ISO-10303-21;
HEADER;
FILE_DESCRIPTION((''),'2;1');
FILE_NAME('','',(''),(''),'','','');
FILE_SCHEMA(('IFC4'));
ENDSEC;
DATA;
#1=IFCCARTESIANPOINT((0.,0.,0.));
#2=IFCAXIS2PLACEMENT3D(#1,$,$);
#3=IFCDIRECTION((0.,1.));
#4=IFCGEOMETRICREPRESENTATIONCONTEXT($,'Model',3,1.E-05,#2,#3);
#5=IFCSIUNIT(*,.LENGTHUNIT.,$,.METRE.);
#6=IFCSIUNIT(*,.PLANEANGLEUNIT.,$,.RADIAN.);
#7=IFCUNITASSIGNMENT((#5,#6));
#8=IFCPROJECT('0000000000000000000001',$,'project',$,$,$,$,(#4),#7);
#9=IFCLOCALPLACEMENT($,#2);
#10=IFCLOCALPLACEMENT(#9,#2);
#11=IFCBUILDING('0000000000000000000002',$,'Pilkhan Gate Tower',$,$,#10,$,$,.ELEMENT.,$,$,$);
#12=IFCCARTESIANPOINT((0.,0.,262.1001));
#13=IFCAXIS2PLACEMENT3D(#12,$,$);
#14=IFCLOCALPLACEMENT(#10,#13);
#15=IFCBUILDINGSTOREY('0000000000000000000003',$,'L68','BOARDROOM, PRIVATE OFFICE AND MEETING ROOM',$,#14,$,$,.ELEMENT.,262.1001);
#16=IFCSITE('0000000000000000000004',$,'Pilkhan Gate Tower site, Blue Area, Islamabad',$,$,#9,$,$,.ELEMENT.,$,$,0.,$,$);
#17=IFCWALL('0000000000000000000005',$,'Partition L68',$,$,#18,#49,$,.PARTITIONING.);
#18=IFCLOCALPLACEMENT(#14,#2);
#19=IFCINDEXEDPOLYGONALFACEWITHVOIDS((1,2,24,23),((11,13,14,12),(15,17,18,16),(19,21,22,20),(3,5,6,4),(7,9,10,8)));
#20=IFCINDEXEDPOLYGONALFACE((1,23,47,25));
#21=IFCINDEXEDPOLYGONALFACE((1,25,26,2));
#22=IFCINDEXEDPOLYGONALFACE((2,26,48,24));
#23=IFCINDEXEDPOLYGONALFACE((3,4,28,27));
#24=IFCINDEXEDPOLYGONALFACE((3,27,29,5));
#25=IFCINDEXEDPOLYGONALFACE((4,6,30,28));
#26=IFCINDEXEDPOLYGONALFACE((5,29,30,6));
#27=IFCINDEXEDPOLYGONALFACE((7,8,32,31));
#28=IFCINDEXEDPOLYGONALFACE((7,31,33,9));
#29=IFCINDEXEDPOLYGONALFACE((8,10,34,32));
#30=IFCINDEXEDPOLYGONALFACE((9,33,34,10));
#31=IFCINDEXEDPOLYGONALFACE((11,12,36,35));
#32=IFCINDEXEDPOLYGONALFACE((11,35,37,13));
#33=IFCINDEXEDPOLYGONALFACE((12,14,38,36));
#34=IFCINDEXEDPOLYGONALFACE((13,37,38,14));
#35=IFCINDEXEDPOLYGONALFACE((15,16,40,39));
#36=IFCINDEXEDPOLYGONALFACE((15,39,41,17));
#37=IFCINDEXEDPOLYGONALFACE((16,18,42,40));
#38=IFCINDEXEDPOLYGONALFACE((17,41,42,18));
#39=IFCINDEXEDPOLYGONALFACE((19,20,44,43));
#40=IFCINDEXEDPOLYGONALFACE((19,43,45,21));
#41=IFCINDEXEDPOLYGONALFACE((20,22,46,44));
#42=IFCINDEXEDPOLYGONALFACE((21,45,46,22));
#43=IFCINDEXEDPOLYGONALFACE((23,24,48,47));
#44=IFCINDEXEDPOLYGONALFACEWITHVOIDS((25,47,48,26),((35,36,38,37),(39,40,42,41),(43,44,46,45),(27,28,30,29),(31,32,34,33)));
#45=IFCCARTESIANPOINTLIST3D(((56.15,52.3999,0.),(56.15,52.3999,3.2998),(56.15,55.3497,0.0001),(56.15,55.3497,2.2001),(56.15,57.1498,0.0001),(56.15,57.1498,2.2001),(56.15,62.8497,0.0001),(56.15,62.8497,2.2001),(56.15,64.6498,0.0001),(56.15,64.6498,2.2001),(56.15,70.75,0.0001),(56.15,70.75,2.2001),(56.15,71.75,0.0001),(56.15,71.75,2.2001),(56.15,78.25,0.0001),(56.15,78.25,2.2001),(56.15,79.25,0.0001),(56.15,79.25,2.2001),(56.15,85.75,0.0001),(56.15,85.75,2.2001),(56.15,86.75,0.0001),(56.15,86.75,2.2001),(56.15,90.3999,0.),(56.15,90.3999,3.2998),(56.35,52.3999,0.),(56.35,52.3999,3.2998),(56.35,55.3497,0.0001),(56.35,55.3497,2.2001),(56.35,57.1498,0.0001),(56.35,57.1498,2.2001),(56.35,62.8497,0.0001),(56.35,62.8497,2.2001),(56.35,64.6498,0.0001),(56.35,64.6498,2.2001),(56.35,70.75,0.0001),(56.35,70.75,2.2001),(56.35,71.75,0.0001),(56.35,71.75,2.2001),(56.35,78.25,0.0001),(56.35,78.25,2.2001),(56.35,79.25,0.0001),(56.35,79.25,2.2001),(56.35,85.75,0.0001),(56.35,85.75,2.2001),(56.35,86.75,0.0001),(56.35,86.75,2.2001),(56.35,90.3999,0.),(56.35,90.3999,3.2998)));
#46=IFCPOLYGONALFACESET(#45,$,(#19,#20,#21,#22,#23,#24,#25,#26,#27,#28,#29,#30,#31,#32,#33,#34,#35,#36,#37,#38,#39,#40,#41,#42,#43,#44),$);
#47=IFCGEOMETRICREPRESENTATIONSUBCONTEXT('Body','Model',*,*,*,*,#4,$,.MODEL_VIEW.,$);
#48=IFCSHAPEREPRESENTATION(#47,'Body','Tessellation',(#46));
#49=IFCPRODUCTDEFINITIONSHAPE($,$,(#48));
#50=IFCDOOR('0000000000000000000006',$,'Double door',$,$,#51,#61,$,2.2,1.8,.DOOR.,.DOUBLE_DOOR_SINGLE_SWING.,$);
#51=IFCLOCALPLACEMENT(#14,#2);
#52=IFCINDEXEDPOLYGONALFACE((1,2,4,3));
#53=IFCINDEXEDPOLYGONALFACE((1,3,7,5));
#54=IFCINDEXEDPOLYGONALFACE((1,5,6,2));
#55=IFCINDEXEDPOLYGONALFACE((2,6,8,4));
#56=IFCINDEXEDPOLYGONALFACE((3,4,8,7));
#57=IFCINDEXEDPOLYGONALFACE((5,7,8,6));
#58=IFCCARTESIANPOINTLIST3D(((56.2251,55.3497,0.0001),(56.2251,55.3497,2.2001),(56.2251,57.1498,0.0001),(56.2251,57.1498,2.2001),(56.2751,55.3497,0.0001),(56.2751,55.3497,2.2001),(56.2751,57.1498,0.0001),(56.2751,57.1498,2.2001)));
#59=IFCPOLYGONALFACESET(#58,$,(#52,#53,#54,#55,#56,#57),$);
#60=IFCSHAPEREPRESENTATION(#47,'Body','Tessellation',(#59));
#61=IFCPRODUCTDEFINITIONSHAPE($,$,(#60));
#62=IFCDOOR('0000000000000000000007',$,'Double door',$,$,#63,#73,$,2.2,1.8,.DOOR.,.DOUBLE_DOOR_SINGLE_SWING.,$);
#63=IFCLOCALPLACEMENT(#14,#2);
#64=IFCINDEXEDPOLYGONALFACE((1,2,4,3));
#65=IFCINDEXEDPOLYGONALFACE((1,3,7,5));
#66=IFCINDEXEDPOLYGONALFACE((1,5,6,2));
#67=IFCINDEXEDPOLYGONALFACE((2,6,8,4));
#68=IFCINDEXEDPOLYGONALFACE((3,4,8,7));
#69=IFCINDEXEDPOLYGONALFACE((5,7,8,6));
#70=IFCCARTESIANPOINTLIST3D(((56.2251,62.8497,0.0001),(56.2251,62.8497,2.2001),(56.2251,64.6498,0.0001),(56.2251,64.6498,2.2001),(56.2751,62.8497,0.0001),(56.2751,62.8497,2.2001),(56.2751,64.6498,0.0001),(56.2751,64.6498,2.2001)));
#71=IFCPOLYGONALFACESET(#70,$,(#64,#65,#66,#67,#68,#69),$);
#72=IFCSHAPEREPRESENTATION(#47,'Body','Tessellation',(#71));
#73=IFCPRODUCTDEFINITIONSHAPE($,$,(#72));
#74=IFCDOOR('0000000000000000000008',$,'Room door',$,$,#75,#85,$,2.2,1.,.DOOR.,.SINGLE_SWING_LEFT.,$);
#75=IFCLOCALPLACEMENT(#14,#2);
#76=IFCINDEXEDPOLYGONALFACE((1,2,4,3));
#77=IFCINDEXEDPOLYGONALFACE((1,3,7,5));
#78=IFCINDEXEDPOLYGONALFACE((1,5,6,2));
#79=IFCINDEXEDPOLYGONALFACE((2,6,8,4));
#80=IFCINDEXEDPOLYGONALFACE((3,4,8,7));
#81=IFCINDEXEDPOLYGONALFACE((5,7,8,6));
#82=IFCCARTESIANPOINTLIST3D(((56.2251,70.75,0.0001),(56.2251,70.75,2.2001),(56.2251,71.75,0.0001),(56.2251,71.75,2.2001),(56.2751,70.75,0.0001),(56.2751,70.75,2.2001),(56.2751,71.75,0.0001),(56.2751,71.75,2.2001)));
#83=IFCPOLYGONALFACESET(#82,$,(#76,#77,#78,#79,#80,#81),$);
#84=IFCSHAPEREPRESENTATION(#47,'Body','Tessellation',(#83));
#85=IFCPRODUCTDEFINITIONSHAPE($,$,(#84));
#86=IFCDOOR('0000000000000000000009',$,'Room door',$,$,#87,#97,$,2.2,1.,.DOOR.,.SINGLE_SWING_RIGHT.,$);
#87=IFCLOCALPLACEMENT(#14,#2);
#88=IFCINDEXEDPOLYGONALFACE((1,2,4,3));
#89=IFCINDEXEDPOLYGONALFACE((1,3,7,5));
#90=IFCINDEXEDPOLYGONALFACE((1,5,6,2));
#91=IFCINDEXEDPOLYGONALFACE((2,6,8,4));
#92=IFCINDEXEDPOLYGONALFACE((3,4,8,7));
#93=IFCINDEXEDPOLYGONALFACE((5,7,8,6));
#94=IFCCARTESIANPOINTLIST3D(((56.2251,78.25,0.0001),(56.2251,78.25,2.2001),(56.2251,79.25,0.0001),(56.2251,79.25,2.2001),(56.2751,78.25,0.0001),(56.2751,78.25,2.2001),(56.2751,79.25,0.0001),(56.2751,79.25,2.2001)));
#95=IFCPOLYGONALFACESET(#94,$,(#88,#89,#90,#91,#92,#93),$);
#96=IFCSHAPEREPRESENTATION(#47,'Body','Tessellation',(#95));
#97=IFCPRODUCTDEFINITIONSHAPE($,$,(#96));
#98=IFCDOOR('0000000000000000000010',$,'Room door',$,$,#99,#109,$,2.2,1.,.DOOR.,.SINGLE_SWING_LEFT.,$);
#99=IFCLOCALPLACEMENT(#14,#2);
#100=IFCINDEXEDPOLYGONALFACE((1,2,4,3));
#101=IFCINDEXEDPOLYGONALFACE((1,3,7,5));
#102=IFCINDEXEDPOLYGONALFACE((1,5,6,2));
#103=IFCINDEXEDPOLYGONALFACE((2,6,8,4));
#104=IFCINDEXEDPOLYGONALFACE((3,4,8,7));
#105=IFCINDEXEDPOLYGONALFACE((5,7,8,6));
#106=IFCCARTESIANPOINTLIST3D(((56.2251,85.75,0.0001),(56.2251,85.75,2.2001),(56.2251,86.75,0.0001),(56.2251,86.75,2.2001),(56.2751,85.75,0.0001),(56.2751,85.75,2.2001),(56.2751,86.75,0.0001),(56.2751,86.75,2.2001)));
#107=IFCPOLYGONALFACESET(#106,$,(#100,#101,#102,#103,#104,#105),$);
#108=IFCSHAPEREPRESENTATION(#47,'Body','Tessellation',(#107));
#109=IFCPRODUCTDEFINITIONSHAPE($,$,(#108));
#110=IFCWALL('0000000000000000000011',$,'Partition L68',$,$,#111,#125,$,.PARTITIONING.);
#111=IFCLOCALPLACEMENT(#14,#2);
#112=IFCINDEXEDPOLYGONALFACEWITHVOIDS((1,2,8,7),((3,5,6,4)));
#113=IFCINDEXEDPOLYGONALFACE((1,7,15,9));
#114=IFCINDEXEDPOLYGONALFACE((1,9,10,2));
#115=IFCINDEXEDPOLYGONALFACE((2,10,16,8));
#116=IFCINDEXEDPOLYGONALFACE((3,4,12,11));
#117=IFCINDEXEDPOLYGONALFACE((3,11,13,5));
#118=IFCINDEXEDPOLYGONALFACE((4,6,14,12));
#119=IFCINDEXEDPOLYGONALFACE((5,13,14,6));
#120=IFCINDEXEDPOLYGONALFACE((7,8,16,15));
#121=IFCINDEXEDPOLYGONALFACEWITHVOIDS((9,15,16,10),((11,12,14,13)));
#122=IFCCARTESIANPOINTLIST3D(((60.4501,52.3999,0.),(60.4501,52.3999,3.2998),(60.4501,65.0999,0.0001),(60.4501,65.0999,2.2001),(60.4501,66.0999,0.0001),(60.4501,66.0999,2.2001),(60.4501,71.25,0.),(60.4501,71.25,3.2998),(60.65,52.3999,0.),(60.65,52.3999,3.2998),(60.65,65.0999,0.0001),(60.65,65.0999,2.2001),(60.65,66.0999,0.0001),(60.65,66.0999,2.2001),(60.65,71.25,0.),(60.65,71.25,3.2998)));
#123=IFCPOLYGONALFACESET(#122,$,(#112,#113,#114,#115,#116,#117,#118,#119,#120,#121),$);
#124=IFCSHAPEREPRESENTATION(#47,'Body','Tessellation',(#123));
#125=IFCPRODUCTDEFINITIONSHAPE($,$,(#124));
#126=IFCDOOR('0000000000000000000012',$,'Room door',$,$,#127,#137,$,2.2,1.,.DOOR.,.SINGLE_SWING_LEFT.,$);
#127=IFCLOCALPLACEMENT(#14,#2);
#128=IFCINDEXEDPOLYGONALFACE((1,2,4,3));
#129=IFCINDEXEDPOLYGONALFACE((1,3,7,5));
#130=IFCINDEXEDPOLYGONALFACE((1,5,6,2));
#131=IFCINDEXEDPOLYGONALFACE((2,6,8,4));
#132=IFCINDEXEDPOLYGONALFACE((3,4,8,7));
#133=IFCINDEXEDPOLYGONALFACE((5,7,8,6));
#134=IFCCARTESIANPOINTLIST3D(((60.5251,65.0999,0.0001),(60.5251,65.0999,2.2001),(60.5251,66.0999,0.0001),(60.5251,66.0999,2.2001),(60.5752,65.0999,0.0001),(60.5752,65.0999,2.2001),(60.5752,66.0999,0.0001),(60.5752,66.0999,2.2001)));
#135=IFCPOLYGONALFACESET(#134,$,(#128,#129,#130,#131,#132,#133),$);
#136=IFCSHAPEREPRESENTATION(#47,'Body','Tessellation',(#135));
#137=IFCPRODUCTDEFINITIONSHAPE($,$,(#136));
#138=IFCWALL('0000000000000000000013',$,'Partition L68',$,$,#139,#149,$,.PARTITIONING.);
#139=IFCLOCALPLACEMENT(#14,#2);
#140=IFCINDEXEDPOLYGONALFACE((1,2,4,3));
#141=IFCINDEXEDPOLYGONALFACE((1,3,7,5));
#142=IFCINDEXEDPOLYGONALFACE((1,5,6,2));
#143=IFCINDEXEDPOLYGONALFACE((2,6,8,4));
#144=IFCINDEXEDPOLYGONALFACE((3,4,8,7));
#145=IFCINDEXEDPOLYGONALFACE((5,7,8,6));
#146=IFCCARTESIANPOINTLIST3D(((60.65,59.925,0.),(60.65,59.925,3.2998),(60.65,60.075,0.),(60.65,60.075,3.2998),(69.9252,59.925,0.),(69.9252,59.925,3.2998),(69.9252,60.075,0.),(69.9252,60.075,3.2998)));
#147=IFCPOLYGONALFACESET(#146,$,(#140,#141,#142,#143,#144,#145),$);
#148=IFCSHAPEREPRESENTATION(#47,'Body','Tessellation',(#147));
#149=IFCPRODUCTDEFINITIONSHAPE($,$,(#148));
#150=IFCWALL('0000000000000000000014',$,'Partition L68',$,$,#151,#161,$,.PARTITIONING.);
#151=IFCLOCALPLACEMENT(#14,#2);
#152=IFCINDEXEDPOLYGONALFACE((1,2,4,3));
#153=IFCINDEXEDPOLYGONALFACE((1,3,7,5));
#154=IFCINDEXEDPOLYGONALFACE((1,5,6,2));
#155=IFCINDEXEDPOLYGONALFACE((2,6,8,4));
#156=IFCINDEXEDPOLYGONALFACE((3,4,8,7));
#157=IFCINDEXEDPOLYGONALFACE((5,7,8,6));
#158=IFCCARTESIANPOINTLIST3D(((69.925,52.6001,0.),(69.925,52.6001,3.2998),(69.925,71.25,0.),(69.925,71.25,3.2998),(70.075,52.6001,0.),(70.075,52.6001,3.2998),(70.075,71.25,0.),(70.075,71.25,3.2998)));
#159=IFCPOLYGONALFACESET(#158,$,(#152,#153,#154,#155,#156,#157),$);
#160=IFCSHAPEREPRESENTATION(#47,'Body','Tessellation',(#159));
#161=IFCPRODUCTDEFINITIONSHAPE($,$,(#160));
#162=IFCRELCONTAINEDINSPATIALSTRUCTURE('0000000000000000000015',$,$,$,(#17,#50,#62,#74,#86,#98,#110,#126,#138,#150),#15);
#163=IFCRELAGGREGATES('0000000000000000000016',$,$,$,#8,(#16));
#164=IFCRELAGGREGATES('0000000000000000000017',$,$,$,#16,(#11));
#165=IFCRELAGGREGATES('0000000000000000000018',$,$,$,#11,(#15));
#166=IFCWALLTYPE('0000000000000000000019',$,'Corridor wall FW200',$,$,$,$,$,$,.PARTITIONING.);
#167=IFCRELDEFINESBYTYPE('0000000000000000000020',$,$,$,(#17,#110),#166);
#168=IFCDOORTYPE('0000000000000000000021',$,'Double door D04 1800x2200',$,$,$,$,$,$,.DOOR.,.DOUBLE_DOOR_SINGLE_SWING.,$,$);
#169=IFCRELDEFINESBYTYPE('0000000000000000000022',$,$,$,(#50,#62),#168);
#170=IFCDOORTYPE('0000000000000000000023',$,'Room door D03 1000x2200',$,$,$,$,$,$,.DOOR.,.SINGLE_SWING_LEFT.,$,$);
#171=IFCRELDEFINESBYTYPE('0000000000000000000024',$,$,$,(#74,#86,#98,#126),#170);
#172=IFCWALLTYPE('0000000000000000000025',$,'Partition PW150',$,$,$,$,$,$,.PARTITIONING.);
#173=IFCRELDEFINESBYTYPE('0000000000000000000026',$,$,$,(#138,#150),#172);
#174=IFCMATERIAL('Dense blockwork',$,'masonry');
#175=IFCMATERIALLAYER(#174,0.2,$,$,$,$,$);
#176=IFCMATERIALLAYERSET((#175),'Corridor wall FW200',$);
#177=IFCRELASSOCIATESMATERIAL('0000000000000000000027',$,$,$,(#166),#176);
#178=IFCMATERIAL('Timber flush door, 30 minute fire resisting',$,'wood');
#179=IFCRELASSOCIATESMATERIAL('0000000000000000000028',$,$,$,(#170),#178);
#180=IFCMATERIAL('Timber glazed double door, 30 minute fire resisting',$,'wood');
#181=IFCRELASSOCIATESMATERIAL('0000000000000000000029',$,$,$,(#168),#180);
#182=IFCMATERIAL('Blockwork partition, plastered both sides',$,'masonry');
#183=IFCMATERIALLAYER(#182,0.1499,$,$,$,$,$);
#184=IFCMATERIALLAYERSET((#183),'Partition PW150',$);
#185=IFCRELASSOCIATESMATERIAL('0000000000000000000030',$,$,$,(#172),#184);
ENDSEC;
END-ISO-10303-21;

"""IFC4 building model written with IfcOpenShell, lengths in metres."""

from ifc_helpers import new_model, si_unit, direction, frame, frame_2d, origin, place, context, subcontext, project, spatial, rectangle, extrude, material, layer, layer_set, type_object, element, fill, save


model = new_model("IFC4")

# Units and contexts
model_context = context("Model", 3, precision=1e-05, world=origin(), true_north=direction((0.0, 1.0)))
body_context = subcontext(model_context, "Body", "Model", "MODEL_VIEW")
ifc_project = project(units=[si_unit("LENGTHUNIT", "METRE"), si_unit("PLANEANGLEUNIT", "RADIAN")], contexts=[model_context])

# Site, building, storey
site_placement = place(None, origin())
site = spatial("IfcSite", under=ifc_project, at=site_placement, Name="Pilkhan Gate Tower site, Blue Area, Islamabad", CompositionType="ELEMENT", RefElevation=0.0)
building_placement = place(site_placement, origin())
building = spatial("IfcBuilding", under=site, at=building_placement, Name="Pilkhan Gate Tower", CompositionType="ELEMENT")
storey_placement = place(building_placement, frame((0.0, 0.0, 262.1001)))
storey = spatial("IfcBuildingStorey", under=building, at=storey_placement, Name="L68", Description="BOARDROOM, PRIVATE OFFICE AND MEETING ROOM", CompositionType="ELEMENT", Elevation=262.1001)

# Wall, openings, doors
ifc_material_1 = material(Name="Dense blockwork", Category="masonry")
ifc_layer_1 = layer(ifc_material_1, 0.2)
ifc_layer_set_1 = layer_set([ifc_layer_1], Name="Corridor wall FW200")
wall_type_1 = type_object("IfcWallType", Name="Corridor wall FW200", PredefinedType="PARTITIONING", material=ifc_layer_set_1)
ifc_material_2 = material(Name="Timber flush door, 30 minute fire resisting", Category="wood")
door_type_1 = type_object("IfcDoorType", Name="Room door D03 1000x2200", OperationType="SINGLE_SWING_LEFT", PredefinedType="DOOR", material=ifc_material_2)
wall_1_placement = place(storey_placement, frame((56.25, 52.3999, 0.0), z_axis=(0.0, 0.0, 1.0), x_axis=(0.0, 1.0, 0.0)))
wall_1 = element("IfcWall", 1, at=wall_1_placement, inside=storey, type_object=wall_type_1, Name="Partition L68", PredefinedType="PARTITIONING", context=body_context, shape_type="SweptSolid", body=[
    extrude(rectangle(XDim=38.0, YDim=0.2, at=frame_2d((19.0, 0.0))), origin(), (0.0, 0.0, 1.0), 3.2998),
])
opening_1_placement = place(wall_1_placement, frame((2.95, 0.0, 0.0)))
opening_1 = element("IfcOpeningElement", 2, at=opening_1_placement, cuts=wall_1, PredefinedType="OPENING", context=body_context, shape_type="SweptSolid", body=[
    extrude(rectangle(XDim=1.8, YDim=2.2, at=frame_2d((0.8999, 1.1001))), frame((0.0, 0.1099, 0.0), z_axis=(0.0, -1.0, 0.0), x_axis=(1.0, 0.0, 0.0)), (0.0, 0.0, 1.0), 0.22),
])
opening_2_placement = place(wall_1_placement, frame((10.45, 0.0, 0.0)))
opening_2 = element("IfcOpeningElement", 3, at=opening_2_placement, cuts=wall_1, PredefinedType="OPENING", context=body_context, shape_type="SweptSolid", body=[
    extrude(rectangle(XDim=1.8, YDim=2.2, at=frame_2d((0.8999, 1.1001))), frame((0.0, 0.1099, 0.0), z_axis=(0.0, -1.0, 0.0), x_axis=(1.0, 0.0, 0.0)), (0.0, 0.0, 1.0), 0.22),
])
opening_3_placement = place(wall_1_placement, frame((18.3501, 0.0, 0.0)))
opening_3 = element("IfcOpeningElement", 4, at=opening_3_placement, cuts=wall_1, PredefinedType="OPENING", context=body_context, shape_type="SweptSolid", body=[
    extrude(rectangle(XDim=1.0, YDim=2.2, at=frame_2d((0.5, 1.1001))), frame((0.0, 0.1099, 0.0), z_axis=(0.0, -1.0, 0.0), x_axis=(1.0, 0.0, 0.0)), (0.0, 0.0, 1.0), 0.22),
])
opening_4_placement = place(wall_1_placement, frame((25.8501, 0.0, 0.0)))
opening_4 = element("IfcOpeningElement", 5, at=opening_4_placement, cuts=wall_1, PredefinedType="OPENING", context=body_context, shape_type="SweptSolid", body=[
    extrude(rectangle(XDim=1.0, YDim=2.2, at=frame_2d((0.5, 1.1001))), frame((0.0, 0.1099, 0.0), z_axis=(0.0, -1.0, 0.0), x_axis=(1.0, 0.0, 0.0)), (0.0, 0.0, 1.0), 0.22),
])
opening_5_placement = place(wall_1_placement, frame((33.3501, 0.0, 0.0)))
opening_5 = element("IfcOpeningElement", 6, at=opening_5_placement, cuts=wall_1, PredefinedType="OPENING", context=body_context, shape_type="SweptSolid", body=[
    extrude(rectangle(XDim=1.0, YDim=2.2, at=frame_2d((0.5, 1.1001))), frame((0.0, 0.1099, 0.0), z_axis=(0.0, -1.0, 0.0), x_axis=(1.0, 0.0, 0.0)), (0.0, 0.0, 1.0), 0.22),
])
ifc_material_3 = material(Name="Timber glazed double door, 30 minute fire resisting", Category="wood")
door_type_2 = type_object("IfcDoorType", Name="Double door D04 1800x2200", OperationType="DOUBLE_DOOR_SINGLE_SWING", PredefinedType="DOOR", material=ifc_material_3)
door_1_placement = place(opening_1_placement, origin())
door_1 = element("IfcDoor", 7, at=door_1_placement, inside=storey, type_object=door_type_2, Name="Double door", OperationType="DOUBLE_DOOR_SINGLE_SWING", OverallHeight=2.2, OverallWidth=1.8, PredefinedType="DOOR", context=body_context, shape_type="SweptSolid", body=[
    extrude(rectangle(XDim=1.8, YDim=2.2, at=frame_2d((0.8999, 1.1001))), frame((0.0, 0.0249, 0.0), z_axis=(0.0, -1.0, 0.0), x_axis=(1.0, 0.0, 0.0)), (0.0, 0.0, 1.0), 0.05),
])
fill(opening_1, door_1)
door_2_placement = place(opening_2_placement, origin())
door_2 = element("IfcDoor", 8, at=door_2_placement, inside=storey, type_object=door_type_2, Name="Double door", OperationType="DOUBLE_DOOR_SINGLE_SWING", OverallHeight=2.2, OverallWidth=1.8, PredefinedType="DOOR", context=body_context, shape_type="SweptSolid", body=[
    extrude(rectangle(XDim=1.8, YDim=2.2, at=frame_2d((0.8999, 1.1001))), frame((0.0, 0.0249, 0.0), z_axis=(0.0, -1.0, 0.0), x_axis=(1.0, 0.0, 0.0)), (0.0, 0.0, 1.0), 0.05),
])
fill(opening_2, door_2)
door_3_placement = place(opening_3_placement, origin())
door_3 = element("IfcDoor", 9, at=door_3_placement, inside=storey, type_object=door_type_1, Name="Room door", OperationType="SINGLE_SWING_LEFT", OverallHeight=2.2, OverallWidth=1.0, PredefinedType="DOOR", context=body_context, shape_type="SweptSolid", body=[
    extrude(rectangle(XDim=1.0, YDim=2.2, at=frame_2d((0.5, 1.1001))), frame((0.0, 0.0249, 0.0), z_axis=(0.0, -1.0, 0.0), x_axis=(1.0, 0.0, 0.0)), (0.0, 0.0, 1.0), 0.05),
])
fill(opening_3, door_3)
door_4_placement = place(opening_4_placement, origin())
door_4 = element("IfcDoor", 10, at=door_4_placement, inside=storey, type_object=door_type_1, Name="Room door", OperationType="SINGLE_SWING_RIGHT", OverallHeight=2.2, OverallWidth=1.0, PredefinedType="DOOR", context=body_context, shape_type="SweptSolid", body=[
    extrude(rectangle(XDim=1.0, YDim=2.2, at=frame_2d((0.5, 1.1001))), frame((0.0, 0.0249, 0.0), z_axis=(0.0, -1.0, 0.0), x_axis=(1.0, 0.0, 0.0)), (0.0, 0.0, 1.0), 0.05),
])
fill(opening_4, door_4)
door_5_placement = place(opening_5_placement, origin())
door_5 = element("IfcDoor", 11, at=door_5_placement, inside=storey, type_object=door_type_1, Name="Room door", OperationType="SINGLE_SWING_LEFT", OverallHeight=2.2, OverallWidth=1.0, PredefinedType="DOOR", context=body_context, shape_type="SweptSolid", body=[
    extrude(rectangle(XDim=1.0, YDim=2.2, at=frame_2d((0.5, 1.1001))), frame((0.0, 0.0249, 0.0), z_axis=(0.0, -1.0, 0.0), x_axis=(1.0, 0.0, 0.0)), (0.0, 0.0, 1.0), 0.05),
])
fill(opening_5, door_5)

# Wall, opening, door
wall_2_placement = place(storey_placement, frame((60.55, 52.3999, 0.0), z_axis=(0.0, 0.0, 1.0), x_axis=(0.0, 1.0, 0.0)))
wall_2 = element("IfcWall", 12, at=wall_2_placement, inside=storey, type_object=wall_type_1, Name="Partition L68", PredefinedType="PARTITIONING", context=body_context, shape_type="SweptSolid", body=[
    extrude(rectangle(XDim=18.8501, YDim=0.2, at=frame_2d((9.425, 0.0))), origin(), (0.0, 0.0, 1.0), 3.2998),
])
opening_6_placement = place(wall_2_placement, frame((12.7, 0.0, 0.0)))
opening_6 = element("IfcOpeningElement", 13, at=opening_6_placement, cuts=wall_2, PredefinedType="OPENING", context=body_context, shape_type="SweptSolid", body=[
    extrude(rectangle(XDim=1.0, YDim=2.2, at=frame_2d((0.5, 1.1001))), frame((0.0, 0.1099, 0.0), z_axis=(0.0, -1.0, 0.0), x_axis=(1.0, 0.0, 0.0)), (0.0, 0.0, 1.0), 0.22),
])
door_6_placement = place(opening_6_placement, origin())
door_6 = element("IfcDoor", 14, at=door_6_placement, inside=storey, type_object=door_type_1, Name="Room door", OperationType="SINGLE_SWING_LEFT", OverallHeight=2.2, OverallWidth=1.0, PredefinedType="DOOR", context=body_context, shape_type="SweptSolid", body=[
    extrude(rectangle(XDim=1.0, YDim=2.2, at=frame_2d((0.5, 1.1001))), frame((0.0, 0.0249, 0.0), z_axis=(0.0, -1.0, 0.0), x_axis=(1.0, 0.0, 0.0)), (0.0, 0.0, 1.0), 0.05),
])
fill(opening_6, door_6)

# Walls
ifc_material_4 = material(Name="Blockwork partition, plastered both sides", Category="masonry")
ifc_layer_2 = layer(ifc_material_4, 0.1499)
ifc_layer_set_2 = layer_set([ifc_layer_2], Name="Partition PW150")
wall_type_2 = type_object("IfcWallType", Name="Partition PW150", PredefinedType="PARTITIONING", material=ifc_layer_set_2)
wall_3_placement = place(storey_placement, frame((60.6499, 60.0, 0.0), z_axis=(0.0, 0.0, 1.0), x_axis=(1.0, 0.0, 0.0)))
element("IfcWall", 15, at=wall_3_placement, inside=storey, type_object=wall_type_2, Name="Partition L68", PredefinedType="PARTITIONING", context=body_context, shape_type="SweptSolid", body=[
    extrude(rectangle(XDim=9.2751, YDim=0.1499, at=frame_2d((4.6377, 0.0))), origin(), (0.0, 0.0, 1.0), 3.2998),
])
wall_4_placement = place(storey_placement, frame((70.0, 52.6001, 0.0), z_axis=(0.0, 0.0, 1.0), x_axis=(0.0, 1.0, 0.0)))
element("IfcWall", 16, at=wall_4_placement, inside=storey, type_object=wall_type_2, Name="Partition L68", PredefinedType="PARTITIONING", context=body_context, shape_type="SweptSolid", body=[
    extrude(rectangle(XDim=18.6499, YDim=0.1499, at=frame_2d((9.325, 0.0))), origin(), (0.0, 0.0, 1.0), 3.2998),
])

save(model, "model.ifc")
